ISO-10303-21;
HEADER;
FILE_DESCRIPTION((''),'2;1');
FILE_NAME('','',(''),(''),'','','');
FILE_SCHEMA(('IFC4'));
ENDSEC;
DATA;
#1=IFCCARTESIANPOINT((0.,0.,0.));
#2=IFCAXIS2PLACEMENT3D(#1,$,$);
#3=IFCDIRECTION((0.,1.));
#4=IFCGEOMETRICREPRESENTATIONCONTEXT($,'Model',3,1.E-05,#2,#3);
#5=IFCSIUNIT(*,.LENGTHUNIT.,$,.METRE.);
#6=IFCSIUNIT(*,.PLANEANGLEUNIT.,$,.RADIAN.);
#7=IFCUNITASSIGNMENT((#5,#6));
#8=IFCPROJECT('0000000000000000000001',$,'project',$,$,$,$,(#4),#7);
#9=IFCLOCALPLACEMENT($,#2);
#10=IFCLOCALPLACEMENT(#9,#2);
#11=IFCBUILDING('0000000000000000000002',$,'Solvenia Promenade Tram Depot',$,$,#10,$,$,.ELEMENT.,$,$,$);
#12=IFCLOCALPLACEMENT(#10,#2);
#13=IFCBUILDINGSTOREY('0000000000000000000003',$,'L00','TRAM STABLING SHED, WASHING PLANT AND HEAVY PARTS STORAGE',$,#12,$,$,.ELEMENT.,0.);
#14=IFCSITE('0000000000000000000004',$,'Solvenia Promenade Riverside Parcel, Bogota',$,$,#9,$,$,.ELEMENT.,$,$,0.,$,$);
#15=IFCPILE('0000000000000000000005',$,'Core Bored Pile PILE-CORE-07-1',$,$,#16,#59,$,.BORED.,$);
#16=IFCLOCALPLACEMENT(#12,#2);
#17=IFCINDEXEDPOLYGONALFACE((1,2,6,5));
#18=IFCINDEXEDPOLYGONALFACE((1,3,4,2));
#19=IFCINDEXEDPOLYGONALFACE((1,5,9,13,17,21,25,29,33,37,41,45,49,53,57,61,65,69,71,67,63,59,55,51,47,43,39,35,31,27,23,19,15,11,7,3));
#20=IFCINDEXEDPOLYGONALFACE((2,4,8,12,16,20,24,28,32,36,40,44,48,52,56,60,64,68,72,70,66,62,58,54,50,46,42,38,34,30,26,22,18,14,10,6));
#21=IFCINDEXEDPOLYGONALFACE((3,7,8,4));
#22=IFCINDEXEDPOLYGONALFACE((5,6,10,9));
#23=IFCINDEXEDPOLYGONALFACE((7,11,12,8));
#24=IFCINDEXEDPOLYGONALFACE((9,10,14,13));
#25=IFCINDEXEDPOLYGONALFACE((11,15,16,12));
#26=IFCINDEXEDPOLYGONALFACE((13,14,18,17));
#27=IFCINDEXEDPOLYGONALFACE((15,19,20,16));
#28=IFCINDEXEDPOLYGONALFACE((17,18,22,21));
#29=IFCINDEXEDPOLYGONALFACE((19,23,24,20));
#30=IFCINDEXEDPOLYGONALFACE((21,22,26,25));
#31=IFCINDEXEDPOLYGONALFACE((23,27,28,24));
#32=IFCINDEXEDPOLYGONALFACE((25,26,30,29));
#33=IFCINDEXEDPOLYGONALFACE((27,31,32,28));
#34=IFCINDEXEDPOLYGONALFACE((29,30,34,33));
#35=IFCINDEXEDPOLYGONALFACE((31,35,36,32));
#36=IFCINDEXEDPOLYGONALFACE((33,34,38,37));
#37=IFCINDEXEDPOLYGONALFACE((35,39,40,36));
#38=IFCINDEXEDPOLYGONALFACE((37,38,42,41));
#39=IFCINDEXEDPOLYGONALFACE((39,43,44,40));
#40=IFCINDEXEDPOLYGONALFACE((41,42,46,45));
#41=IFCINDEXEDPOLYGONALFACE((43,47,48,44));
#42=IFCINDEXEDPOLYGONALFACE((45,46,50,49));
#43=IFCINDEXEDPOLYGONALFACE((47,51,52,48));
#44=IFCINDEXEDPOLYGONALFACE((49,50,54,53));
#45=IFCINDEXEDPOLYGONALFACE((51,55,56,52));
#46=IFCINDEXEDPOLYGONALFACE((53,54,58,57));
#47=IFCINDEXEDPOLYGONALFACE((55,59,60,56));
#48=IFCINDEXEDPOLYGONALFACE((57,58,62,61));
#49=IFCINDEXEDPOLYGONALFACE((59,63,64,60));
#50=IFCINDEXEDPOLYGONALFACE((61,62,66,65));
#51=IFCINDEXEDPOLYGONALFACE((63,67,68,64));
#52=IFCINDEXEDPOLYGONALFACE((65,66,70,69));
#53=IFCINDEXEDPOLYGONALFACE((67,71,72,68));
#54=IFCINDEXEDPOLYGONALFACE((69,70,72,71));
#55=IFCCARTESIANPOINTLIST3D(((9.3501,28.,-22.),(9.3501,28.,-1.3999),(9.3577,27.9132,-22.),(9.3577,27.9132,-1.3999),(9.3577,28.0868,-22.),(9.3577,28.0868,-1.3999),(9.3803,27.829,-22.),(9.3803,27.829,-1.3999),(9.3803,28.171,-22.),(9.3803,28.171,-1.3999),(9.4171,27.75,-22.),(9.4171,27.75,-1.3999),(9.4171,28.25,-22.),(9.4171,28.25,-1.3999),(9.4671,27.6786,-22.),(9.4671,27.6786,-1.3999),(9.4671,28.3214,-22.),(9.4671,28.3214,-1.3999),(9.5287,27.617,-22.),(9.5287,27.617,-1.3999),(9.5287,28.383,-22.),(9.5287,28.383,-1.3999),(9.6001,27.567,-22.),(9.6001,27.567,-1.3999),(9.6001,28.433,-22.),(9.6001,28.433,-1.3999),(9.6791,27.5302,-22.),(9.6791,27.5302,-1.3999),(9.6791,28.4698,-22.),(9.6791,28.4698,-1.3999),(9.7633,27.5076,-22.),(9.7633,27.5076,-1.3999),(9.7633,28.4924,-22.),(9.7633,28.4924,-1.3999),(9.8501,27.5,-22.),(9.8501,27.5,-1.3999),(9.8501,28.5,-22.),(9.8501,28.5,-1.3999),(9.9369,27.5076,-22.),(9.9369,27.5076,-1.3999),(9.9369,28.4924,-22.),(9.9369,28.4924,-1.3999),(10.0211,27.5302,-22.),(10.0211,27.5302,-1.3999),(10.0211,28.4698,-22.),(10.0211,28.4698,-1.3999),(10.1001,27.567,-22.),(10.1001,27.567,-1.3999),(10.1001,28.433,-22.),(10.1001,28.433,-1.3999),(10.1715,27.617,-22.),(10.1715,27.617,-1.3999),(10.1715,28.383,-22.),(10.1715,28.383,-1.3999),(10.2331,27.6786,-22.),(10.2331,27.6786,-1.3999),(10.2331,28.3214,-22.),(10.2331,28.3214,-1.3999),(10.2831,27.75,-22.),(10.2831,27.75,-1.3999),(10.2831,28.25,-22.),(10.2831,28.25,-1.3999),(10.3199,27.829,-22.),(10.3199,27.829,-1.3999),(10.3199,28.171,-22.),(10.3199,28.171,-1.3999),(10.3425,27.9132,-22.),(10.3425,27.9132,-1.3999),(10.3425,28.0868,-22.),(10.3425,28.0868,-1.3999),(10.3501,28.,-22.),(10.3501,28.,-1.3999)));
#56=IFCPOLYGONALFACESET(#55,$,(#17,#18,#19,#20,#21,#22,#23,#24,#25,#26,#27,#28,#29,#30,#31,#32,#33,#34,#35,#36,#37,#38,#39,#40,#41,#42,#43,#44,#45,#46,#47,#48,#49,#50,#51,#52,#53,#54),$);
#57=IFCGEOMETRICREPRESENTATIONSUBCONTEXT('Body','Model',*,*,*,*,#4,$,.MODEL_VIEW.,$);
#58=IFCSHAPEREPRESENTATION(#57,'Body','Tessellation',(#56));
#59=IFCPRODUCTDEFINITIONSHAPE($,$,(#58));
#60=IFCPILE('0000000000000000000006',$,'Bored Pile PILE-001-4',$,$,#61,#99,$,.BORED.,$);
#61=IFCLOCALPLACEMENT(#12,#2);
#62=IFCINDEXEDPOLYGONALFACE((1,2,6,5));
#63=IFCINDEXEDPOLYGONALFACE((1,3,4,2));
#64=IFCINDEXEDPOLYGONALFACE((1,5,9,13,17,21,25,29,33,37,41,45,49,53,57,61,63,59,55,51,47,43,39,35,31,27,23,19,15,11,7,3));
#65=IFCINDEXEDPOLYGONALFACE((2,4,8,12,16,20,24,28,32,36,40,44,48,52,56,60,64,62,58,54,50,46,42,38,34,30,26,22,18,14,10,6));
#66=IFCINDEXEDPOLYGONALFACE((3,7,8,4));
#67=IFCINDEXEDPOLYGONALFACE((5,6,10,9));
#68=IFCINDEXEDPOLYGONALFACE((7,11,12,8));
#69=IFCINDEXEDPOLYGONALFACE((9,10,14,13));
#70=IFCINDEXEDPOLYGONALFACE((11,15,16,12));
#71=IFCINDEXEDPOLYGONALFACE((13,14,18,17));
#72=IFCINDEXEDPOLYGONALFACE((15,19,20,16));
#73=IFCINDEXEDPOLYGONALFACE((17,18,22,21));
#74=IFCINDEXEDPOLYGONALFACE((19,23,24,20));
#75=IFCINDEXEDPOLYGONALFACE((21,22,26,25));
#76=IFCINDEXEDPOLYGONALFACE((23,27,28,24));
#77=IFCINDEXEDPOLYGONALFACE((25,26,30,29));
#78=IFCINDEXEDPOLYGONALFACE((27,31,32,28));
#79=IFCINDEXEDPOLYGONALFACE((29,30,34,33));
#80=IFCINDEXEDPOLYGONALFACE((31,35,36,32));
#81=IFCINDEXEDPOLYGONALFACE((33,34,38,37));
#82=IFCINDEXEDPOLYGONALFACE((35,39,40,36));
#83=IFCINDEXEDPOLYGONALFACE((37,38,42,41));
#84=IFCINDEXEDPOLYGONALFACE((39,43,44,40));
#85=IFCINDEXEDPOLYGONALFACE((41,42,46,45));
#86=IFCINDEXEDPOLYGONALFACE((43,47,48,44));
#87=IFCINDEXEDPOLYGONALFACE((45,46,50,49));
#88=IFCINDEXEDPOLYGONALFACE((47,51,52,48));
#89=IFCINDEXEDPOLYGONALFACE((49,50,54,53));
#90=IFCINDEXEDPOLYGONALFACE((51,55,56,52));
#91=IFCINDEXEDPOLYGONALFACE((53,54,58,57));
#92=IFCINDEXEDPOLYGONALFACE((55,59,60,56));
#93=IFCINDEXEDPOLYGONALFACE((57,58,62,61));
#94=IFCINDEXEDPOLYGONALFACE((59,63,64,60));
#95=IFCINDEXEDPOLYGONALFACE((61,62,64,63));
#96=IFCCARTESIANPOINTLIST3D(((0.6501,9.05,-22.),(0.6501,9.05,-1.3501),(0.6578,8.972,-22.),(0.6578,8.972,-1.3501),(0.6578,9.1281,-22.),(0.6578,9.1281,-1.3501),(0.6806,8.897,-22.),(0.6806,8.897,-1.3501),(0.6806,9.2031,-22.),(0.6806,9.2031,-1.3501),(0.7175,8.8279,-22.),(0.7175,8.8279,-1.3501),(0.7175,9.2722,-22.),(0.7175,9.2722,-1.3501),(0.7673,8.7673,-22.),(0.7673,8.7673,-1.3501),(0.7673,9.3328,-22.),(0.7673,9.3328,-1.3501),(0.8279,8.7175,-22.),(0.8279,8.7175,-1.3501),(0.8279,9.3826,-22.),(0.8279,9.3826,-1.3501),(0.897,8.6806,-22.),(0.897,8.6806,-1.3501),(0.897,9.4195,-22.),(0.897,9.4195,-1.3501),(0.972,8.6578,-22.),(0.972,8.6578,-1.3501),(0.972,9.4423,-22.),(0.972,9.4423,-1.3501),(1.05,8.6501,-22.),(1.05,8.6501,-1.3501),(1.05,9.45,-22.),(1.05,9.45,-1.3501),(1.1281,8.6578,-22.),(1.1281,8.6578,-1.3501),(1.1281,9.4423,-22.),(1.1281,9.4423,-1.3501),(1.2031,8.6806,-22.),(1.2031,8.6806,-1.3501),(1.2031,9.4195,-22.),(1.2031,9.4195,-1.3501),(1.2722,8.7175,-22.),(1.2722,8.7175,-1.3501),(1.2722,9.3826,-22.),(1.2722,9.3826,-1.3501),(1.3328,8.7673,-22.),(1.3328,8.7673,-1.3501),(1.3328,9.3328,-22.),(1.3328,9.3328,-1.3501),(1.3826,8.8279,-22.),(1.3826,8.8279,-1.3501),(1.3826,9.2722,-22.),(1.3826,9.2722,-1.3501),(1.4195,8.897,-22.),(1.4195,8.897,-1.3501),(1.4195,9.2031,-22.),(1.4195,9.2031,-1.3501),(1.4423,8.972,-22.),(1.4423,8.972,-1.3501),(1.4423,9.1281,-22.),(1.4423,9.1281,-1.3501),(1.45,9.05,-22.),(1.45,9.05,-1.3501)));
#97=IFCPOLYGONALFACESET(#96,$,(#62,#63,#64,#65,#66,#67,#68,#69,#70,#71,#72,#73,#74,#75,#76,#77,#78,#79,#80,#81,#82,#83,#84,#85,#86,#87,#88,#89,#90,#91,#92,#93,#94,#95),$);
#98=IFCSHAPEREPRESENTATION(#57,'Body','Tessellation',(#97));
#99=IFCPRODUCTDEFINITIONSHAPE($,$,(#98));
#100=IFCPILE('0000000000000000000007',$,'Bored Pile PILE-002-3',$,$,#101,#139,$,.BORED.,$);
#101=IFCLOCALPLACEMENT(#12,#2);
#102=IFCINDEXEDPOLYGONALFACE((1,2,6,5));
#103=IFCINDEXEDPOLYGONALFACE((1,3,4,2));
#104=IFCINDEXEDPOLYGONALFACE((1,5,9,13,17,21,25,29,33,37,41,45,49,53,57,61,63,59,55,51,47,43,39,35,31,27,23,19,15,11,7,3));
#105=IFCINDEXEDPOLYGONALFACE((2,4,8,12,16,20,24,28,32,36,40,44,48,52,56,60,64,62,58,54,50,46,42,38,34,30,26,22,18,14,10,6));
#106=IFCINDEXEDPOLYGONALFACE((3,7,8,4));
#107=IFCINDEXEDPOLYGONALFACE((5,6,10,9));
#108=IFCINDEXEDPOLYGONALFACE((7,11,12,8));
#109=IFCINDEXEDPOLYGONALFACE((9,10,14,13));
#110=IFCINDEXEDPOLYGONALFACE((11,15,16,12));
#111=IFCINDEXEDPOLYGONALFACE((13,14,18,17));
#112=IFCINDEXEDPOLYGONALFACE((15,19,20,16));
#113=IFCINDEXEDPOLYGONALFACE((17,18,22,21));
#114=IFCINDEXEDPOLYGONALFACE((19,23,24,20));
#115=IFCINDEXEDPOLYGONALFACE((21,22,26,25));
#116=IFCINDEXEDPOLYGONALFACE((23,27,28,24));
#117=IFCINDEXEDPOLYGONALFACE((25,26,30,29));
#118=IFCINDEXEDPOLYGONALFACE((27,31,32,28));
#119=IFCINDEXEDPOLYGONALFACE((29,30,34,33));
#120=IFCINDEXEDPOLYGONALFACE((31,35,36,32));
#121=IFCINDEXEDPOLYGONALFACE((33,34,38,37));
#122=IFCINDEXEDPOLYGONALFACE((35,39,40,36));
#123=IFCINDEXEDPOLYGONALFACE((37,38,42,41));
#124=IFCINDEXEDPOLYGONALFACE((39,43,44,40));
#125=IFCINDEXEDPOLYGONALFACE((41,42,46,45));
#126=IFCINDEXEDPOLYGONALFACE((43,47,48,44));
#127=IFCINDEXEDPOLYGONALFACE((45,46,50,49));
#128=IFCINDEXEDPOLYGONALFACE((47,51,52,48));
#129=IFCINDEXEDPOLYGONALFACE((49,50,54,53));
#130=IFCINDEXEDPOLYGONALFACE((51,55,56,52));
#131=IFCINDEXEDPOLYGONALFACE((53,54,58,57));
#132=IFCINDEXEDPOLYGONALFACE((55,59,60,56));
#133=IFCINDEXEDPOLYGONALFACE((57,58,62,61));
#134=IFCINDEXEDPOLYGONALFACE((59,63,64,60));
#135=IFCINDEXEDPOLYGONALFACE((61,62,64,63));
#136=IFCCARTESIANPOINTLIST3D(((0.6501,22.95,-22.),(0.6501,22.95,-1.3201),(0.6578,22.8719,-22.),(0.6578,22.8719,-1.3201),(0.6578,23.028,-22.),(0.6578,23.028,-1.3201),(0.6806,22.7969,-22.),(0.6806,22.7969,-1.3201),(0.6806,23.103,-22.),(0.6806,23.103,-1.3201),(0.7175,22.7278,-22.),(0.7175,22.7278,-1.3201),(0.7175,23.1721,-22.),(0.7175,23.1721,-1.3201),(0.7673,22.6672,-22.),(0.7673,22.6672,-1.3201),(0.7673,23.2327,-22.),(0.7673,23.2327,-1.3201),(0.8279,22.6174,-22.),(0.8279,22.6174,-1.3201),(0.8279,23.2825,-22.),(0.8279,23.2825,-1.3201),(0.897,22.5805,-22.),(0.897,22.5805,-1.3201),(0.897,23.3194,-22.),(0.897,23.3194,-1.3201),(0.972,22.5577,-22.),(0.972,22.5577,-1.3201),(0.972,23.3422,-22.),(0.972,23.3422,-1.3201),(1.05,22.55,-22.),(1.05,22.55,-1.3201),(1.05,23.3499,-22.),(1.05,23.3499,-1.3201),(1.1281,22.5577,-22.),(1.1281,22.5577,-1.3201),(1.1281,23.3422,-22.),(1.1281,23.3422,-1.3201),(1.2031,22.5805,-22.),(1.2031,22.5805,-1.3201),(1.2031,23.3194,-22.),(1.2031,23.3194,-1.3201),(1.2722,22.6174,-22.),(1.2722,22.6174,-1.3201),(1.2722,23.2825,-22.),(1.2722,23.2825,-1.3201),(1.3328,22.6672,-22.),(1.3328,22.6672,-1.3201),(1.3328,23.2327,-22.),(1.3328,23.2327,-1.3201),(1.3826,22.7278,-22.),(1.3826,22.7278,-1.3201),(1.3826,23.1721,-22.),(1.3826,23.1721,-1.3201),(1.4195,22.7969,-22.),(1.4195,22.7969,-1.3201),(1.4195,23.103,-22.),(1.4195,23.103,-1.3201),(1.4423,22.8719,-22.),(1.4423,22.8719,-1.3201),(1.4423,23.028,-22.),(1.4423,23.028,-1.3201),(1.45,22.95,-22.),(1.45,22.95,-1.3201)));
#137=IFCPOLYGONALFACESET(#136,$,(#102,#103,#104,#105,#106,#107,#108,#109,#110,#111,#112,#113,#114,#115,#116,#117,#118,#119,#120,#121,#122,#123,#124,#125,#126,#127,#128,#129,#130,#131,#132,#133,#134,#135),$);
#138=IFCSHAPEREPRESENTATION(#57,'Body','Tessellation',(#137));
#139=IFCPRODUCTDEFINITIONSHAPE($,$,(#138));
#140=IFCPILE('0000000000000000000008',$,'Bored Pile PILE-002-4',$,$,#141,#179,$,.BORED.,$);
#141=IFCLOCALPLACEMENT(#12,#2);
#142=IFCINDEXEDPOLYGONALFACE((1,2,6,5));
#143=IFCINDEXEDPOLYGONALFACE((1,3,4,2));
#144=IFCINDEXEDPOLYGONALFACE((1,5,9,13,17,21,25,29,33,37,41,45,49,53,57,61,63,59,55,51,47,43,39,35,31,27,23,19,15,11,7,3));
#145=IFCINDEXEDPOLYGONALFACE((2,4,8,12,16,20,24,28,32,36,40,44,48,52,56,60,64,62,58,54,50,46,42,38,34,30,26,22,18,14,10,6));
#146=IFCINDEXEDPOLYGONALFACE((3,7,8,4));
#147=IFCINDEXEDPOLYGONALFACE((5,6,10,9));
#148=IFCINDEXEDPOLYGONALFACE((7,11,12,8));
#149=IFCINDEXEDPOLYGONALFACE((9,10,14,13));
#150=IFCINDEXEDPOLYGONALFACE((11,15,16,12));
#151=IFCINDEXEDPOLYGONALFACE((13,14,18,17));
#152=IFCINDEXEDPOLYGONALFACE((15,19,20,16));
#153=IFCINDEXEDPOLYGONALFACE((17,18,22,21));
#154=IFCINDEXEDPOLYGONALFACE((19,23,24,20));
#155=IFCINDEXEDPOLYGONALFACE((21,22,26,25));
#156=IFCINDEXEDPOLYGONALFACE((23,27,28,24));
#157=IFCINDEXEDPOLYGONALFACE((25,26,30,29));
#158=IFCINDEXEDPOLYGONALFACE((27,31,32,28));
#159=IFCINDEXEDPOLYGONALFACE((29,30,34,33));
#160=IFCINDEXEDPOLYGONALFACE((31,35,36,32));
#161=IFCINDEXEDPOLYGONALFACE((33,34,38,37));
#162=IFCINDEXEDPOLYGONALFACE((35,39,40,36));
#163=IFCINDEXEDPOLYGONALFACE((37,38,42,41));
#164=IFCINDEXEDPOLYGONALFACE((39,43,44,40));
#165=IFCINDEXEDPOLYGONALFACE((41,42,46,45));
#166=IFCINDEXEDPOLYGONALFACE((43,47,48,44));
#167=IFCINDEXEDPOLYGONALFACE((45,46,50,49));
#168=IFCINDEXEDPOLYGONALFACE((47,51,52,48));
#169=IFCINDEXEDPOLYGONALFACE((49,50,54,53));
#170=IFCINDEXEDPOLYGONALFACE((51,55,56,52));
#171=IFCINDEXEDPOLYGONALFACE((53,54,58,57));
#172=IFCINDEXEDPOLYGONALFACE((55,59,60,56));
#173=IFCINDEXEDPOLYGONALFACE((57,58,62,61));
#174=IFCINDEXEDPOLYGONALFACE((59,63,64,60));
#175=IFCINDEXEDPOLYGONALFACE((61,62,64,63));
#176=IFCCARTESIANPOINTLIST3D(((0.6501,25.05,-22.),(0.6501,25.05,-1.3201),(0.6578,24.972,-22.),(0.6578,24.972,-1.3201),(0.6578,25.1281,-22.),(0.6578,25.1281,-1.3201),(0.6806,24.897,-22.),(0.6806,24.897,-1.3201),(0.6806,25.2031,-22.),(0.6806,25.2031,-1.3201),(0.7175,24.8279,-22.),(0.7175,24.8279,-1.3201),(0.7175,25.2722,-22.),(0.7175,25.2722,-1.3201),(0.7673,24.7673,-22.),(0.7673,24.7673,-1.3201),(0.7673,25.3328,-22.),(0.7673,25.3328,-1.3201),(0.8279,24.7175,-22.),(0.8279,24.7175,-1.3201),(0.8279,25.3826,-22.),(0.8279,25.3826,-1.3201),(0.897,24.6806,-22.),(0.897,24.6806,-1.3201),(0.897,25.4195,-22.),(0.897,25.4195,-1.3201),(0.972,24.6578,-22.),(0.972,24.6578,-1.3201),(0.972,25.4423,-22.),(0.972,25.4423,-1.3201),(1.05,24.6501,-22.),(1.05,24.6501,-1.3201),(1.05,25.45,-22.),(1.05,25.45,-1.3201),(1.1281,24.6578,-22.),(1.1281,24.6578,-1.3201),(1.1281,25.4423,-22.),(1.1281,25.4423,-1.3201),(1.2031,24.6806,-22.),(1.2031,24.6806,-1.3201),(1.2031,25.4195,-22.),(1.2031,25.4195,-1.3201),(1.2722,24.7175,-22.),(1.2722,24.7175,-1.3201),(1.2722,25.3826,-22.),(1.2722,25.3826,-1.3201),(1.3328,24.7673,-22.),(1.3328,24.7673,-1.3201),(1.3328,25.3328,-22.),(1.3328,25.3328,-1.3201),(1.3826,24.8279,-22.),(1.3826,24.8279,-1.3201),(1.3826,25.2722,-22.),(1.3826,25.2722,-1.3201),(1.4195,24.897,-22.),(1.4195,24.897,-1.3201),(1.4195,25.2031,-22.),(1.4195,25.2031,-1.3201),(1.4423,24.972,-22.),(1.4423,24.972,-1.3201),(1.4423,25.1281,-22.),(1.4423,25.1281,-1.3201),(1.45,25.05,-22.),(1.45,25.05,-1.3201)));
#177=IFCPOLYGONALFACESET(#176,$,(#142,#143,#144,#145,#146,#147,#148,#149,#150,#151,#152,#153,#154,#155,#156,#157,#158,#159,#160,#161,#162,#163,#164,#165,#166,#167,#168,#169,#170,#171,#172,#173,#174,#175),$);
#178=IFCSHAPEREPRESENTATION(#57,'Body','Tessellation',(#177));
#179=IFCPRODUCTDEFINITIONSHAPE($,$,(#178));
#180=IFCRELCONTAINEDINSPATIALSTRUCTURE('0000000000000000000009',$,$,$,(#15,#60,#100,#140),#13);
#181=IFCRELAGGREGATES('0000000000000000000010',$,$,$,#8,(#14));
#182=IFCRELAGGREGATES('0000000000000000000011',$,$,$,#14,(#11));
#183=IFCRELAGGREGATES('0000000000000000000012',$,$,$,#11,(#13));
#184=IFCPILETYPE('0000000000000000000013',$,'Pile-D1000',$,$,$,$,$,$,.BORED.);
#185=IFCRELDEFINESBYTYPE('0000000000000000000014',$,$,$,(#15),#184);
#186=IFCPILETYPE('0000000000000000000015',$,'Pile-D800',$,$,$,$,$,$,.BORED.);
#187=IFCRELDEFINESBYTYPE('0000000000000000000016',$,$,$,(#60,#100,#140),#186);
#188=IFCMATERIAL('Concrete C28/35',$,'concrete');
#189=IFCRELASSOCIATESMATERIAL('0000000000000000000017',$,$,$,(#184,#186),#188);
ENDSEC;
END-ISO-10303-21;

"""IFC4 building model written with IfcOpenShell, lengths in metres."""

from ifc_helpers import new_model, si_unit, direction, frame, origin, origin_2d, place, context, subcontext, project, spatial, circle, extrude, material, material_profile, profile_set, type_object, element, save


model = new_model("IFC4")

# Units and contexts
model_context = context("Model", 3, precision=1e-05, world=origin(), true_north=direction((0.0, 1.0)))
body_context = subcontext(model_context, "Body", "Model", "MODEL_VIEW")
ifc_project = project(units=[si_unit("LENGTHUNIT", "METRE"), si_unit("PLANEANGLEUNIT", "RADIAN")], contexts=[model_context])

# Site, building, storey
site_placement = place(None, origin())
site = spatial("IfcSite", under=ifc_project, at=site_placement, Name="Solvenia Promenade Riverside Parcel, Bogota", CompositionType="ELEMENT", RefElevation=0.0)
building_placement = place(site_placement, origin())
building = spatial("IfcBuilding", under=site, at=building_placement, Name="Solvenia Promenade Tram Depot", CompositionType="ELEMENT")
storey_placement = place(building_placement, origin())
storey = spatial("IfcBuildingStorey", under=building, at=storey_placement, Name="L00", Description="TRAM STABLING SHED, WASHING PLANT AND HEAVY PARTS STORAGE", CompositionType="ELEMENT", Elevation=0.0)

# Shared definitions
ifc_material_1 = material(Name="Concrete C28/35", Category="concrete")

# Piles
ifc_material_profile_1 = material_profile(ifc_material_1, circle(Radius=0.5, at=origin_2d()), Name="D1000", Category="concrete")
ifc_profile_set_1 = profile_set([ifc_material_profile_1], Name="Concrete C28/35")
pile_type_1 = type_object("IfcPileType", Name="Pile-D1000", PredefinedType="BORED", material=ifc_profile_set_1)
pile_1_placement = place(storey_placement, frame((9.8501, 28.0, -1.3999), z_axis=(0.0, 0.0, -1.0), x_axis=(1.0, 0.0, 0.0)))
element("IfcPile", 1, at=pile_1_placement, inside=storey, type_object=pile_type_1, Name="Core Bored Pile PILE-CORE-07-1", PredefinedType="BORED", context=body_context, shape_type="SweptSolid", body=[
    extrude(circle(Radius=0.5, at=origin_2d()), origin(), (0.0, 0.0, 1.0), 20.6001),
])
ifc_material_profile_2 = material_profile(ifc_material_1, circle(Radius=0.3999, at=origin_2d()), Name="D800", Category="concrete")
ifc_profile_set_2 = profile_set([ifc_material_profile_2], Name="Concrete C28/35")
pile_type_2 = type_object("IfcPileType", Name="Pile-D800", PredefinedType="BORED", material=ifc_profile_set_2)
pile_2_placement = place(storey_placement, frame((1.05, 9.05, -1.3501), z_axis=(0.0, 0.0, -1.0), x_axis=(1.0, 0.0, 0.0)))
element("IfcPile", 2, at=pile_2_placement, inside=storey, type_object=pile_type_2, Name="Bored Pile PILE-001-4", PredefinedType="BORED", context=body_context, shape_type="SweptSolid", body=[
    extrude(circle(Radius=0.3999, at=origin_2d()), origin(), (0.0, 0.0, 1.0), 20.6499),
])
for number, where, z_axis, x_axis, name in (
    (3, (1.05, 22.95, -1.3201), (0.0, 0.0, -1.0), (1.0, 0.0, 0.0), "Bored Pile PILE-002-3"),
    (4, (1.05, 25.05, -1.3201), (0.0, 0.0, -1.0), (1.0, 0.0, 0.0), "Bored Pile PILE-002-4"),
):
    element("IfcPile", number, at=place(storey_placement, frame(where, z_axis=z_axis, x_axis=x_axis)), inside=storey, type_object=pile_type_2, Name=name, PredefinedType="BORED", context=body_context, shape_type="SweptSolid", body=[
        extrude(circle(Radius=0.3999, at=origin_2d()), origin(), (0.0, 0.0, 1.0), 20.6799),
    ])

save(model, "model.ifc")
